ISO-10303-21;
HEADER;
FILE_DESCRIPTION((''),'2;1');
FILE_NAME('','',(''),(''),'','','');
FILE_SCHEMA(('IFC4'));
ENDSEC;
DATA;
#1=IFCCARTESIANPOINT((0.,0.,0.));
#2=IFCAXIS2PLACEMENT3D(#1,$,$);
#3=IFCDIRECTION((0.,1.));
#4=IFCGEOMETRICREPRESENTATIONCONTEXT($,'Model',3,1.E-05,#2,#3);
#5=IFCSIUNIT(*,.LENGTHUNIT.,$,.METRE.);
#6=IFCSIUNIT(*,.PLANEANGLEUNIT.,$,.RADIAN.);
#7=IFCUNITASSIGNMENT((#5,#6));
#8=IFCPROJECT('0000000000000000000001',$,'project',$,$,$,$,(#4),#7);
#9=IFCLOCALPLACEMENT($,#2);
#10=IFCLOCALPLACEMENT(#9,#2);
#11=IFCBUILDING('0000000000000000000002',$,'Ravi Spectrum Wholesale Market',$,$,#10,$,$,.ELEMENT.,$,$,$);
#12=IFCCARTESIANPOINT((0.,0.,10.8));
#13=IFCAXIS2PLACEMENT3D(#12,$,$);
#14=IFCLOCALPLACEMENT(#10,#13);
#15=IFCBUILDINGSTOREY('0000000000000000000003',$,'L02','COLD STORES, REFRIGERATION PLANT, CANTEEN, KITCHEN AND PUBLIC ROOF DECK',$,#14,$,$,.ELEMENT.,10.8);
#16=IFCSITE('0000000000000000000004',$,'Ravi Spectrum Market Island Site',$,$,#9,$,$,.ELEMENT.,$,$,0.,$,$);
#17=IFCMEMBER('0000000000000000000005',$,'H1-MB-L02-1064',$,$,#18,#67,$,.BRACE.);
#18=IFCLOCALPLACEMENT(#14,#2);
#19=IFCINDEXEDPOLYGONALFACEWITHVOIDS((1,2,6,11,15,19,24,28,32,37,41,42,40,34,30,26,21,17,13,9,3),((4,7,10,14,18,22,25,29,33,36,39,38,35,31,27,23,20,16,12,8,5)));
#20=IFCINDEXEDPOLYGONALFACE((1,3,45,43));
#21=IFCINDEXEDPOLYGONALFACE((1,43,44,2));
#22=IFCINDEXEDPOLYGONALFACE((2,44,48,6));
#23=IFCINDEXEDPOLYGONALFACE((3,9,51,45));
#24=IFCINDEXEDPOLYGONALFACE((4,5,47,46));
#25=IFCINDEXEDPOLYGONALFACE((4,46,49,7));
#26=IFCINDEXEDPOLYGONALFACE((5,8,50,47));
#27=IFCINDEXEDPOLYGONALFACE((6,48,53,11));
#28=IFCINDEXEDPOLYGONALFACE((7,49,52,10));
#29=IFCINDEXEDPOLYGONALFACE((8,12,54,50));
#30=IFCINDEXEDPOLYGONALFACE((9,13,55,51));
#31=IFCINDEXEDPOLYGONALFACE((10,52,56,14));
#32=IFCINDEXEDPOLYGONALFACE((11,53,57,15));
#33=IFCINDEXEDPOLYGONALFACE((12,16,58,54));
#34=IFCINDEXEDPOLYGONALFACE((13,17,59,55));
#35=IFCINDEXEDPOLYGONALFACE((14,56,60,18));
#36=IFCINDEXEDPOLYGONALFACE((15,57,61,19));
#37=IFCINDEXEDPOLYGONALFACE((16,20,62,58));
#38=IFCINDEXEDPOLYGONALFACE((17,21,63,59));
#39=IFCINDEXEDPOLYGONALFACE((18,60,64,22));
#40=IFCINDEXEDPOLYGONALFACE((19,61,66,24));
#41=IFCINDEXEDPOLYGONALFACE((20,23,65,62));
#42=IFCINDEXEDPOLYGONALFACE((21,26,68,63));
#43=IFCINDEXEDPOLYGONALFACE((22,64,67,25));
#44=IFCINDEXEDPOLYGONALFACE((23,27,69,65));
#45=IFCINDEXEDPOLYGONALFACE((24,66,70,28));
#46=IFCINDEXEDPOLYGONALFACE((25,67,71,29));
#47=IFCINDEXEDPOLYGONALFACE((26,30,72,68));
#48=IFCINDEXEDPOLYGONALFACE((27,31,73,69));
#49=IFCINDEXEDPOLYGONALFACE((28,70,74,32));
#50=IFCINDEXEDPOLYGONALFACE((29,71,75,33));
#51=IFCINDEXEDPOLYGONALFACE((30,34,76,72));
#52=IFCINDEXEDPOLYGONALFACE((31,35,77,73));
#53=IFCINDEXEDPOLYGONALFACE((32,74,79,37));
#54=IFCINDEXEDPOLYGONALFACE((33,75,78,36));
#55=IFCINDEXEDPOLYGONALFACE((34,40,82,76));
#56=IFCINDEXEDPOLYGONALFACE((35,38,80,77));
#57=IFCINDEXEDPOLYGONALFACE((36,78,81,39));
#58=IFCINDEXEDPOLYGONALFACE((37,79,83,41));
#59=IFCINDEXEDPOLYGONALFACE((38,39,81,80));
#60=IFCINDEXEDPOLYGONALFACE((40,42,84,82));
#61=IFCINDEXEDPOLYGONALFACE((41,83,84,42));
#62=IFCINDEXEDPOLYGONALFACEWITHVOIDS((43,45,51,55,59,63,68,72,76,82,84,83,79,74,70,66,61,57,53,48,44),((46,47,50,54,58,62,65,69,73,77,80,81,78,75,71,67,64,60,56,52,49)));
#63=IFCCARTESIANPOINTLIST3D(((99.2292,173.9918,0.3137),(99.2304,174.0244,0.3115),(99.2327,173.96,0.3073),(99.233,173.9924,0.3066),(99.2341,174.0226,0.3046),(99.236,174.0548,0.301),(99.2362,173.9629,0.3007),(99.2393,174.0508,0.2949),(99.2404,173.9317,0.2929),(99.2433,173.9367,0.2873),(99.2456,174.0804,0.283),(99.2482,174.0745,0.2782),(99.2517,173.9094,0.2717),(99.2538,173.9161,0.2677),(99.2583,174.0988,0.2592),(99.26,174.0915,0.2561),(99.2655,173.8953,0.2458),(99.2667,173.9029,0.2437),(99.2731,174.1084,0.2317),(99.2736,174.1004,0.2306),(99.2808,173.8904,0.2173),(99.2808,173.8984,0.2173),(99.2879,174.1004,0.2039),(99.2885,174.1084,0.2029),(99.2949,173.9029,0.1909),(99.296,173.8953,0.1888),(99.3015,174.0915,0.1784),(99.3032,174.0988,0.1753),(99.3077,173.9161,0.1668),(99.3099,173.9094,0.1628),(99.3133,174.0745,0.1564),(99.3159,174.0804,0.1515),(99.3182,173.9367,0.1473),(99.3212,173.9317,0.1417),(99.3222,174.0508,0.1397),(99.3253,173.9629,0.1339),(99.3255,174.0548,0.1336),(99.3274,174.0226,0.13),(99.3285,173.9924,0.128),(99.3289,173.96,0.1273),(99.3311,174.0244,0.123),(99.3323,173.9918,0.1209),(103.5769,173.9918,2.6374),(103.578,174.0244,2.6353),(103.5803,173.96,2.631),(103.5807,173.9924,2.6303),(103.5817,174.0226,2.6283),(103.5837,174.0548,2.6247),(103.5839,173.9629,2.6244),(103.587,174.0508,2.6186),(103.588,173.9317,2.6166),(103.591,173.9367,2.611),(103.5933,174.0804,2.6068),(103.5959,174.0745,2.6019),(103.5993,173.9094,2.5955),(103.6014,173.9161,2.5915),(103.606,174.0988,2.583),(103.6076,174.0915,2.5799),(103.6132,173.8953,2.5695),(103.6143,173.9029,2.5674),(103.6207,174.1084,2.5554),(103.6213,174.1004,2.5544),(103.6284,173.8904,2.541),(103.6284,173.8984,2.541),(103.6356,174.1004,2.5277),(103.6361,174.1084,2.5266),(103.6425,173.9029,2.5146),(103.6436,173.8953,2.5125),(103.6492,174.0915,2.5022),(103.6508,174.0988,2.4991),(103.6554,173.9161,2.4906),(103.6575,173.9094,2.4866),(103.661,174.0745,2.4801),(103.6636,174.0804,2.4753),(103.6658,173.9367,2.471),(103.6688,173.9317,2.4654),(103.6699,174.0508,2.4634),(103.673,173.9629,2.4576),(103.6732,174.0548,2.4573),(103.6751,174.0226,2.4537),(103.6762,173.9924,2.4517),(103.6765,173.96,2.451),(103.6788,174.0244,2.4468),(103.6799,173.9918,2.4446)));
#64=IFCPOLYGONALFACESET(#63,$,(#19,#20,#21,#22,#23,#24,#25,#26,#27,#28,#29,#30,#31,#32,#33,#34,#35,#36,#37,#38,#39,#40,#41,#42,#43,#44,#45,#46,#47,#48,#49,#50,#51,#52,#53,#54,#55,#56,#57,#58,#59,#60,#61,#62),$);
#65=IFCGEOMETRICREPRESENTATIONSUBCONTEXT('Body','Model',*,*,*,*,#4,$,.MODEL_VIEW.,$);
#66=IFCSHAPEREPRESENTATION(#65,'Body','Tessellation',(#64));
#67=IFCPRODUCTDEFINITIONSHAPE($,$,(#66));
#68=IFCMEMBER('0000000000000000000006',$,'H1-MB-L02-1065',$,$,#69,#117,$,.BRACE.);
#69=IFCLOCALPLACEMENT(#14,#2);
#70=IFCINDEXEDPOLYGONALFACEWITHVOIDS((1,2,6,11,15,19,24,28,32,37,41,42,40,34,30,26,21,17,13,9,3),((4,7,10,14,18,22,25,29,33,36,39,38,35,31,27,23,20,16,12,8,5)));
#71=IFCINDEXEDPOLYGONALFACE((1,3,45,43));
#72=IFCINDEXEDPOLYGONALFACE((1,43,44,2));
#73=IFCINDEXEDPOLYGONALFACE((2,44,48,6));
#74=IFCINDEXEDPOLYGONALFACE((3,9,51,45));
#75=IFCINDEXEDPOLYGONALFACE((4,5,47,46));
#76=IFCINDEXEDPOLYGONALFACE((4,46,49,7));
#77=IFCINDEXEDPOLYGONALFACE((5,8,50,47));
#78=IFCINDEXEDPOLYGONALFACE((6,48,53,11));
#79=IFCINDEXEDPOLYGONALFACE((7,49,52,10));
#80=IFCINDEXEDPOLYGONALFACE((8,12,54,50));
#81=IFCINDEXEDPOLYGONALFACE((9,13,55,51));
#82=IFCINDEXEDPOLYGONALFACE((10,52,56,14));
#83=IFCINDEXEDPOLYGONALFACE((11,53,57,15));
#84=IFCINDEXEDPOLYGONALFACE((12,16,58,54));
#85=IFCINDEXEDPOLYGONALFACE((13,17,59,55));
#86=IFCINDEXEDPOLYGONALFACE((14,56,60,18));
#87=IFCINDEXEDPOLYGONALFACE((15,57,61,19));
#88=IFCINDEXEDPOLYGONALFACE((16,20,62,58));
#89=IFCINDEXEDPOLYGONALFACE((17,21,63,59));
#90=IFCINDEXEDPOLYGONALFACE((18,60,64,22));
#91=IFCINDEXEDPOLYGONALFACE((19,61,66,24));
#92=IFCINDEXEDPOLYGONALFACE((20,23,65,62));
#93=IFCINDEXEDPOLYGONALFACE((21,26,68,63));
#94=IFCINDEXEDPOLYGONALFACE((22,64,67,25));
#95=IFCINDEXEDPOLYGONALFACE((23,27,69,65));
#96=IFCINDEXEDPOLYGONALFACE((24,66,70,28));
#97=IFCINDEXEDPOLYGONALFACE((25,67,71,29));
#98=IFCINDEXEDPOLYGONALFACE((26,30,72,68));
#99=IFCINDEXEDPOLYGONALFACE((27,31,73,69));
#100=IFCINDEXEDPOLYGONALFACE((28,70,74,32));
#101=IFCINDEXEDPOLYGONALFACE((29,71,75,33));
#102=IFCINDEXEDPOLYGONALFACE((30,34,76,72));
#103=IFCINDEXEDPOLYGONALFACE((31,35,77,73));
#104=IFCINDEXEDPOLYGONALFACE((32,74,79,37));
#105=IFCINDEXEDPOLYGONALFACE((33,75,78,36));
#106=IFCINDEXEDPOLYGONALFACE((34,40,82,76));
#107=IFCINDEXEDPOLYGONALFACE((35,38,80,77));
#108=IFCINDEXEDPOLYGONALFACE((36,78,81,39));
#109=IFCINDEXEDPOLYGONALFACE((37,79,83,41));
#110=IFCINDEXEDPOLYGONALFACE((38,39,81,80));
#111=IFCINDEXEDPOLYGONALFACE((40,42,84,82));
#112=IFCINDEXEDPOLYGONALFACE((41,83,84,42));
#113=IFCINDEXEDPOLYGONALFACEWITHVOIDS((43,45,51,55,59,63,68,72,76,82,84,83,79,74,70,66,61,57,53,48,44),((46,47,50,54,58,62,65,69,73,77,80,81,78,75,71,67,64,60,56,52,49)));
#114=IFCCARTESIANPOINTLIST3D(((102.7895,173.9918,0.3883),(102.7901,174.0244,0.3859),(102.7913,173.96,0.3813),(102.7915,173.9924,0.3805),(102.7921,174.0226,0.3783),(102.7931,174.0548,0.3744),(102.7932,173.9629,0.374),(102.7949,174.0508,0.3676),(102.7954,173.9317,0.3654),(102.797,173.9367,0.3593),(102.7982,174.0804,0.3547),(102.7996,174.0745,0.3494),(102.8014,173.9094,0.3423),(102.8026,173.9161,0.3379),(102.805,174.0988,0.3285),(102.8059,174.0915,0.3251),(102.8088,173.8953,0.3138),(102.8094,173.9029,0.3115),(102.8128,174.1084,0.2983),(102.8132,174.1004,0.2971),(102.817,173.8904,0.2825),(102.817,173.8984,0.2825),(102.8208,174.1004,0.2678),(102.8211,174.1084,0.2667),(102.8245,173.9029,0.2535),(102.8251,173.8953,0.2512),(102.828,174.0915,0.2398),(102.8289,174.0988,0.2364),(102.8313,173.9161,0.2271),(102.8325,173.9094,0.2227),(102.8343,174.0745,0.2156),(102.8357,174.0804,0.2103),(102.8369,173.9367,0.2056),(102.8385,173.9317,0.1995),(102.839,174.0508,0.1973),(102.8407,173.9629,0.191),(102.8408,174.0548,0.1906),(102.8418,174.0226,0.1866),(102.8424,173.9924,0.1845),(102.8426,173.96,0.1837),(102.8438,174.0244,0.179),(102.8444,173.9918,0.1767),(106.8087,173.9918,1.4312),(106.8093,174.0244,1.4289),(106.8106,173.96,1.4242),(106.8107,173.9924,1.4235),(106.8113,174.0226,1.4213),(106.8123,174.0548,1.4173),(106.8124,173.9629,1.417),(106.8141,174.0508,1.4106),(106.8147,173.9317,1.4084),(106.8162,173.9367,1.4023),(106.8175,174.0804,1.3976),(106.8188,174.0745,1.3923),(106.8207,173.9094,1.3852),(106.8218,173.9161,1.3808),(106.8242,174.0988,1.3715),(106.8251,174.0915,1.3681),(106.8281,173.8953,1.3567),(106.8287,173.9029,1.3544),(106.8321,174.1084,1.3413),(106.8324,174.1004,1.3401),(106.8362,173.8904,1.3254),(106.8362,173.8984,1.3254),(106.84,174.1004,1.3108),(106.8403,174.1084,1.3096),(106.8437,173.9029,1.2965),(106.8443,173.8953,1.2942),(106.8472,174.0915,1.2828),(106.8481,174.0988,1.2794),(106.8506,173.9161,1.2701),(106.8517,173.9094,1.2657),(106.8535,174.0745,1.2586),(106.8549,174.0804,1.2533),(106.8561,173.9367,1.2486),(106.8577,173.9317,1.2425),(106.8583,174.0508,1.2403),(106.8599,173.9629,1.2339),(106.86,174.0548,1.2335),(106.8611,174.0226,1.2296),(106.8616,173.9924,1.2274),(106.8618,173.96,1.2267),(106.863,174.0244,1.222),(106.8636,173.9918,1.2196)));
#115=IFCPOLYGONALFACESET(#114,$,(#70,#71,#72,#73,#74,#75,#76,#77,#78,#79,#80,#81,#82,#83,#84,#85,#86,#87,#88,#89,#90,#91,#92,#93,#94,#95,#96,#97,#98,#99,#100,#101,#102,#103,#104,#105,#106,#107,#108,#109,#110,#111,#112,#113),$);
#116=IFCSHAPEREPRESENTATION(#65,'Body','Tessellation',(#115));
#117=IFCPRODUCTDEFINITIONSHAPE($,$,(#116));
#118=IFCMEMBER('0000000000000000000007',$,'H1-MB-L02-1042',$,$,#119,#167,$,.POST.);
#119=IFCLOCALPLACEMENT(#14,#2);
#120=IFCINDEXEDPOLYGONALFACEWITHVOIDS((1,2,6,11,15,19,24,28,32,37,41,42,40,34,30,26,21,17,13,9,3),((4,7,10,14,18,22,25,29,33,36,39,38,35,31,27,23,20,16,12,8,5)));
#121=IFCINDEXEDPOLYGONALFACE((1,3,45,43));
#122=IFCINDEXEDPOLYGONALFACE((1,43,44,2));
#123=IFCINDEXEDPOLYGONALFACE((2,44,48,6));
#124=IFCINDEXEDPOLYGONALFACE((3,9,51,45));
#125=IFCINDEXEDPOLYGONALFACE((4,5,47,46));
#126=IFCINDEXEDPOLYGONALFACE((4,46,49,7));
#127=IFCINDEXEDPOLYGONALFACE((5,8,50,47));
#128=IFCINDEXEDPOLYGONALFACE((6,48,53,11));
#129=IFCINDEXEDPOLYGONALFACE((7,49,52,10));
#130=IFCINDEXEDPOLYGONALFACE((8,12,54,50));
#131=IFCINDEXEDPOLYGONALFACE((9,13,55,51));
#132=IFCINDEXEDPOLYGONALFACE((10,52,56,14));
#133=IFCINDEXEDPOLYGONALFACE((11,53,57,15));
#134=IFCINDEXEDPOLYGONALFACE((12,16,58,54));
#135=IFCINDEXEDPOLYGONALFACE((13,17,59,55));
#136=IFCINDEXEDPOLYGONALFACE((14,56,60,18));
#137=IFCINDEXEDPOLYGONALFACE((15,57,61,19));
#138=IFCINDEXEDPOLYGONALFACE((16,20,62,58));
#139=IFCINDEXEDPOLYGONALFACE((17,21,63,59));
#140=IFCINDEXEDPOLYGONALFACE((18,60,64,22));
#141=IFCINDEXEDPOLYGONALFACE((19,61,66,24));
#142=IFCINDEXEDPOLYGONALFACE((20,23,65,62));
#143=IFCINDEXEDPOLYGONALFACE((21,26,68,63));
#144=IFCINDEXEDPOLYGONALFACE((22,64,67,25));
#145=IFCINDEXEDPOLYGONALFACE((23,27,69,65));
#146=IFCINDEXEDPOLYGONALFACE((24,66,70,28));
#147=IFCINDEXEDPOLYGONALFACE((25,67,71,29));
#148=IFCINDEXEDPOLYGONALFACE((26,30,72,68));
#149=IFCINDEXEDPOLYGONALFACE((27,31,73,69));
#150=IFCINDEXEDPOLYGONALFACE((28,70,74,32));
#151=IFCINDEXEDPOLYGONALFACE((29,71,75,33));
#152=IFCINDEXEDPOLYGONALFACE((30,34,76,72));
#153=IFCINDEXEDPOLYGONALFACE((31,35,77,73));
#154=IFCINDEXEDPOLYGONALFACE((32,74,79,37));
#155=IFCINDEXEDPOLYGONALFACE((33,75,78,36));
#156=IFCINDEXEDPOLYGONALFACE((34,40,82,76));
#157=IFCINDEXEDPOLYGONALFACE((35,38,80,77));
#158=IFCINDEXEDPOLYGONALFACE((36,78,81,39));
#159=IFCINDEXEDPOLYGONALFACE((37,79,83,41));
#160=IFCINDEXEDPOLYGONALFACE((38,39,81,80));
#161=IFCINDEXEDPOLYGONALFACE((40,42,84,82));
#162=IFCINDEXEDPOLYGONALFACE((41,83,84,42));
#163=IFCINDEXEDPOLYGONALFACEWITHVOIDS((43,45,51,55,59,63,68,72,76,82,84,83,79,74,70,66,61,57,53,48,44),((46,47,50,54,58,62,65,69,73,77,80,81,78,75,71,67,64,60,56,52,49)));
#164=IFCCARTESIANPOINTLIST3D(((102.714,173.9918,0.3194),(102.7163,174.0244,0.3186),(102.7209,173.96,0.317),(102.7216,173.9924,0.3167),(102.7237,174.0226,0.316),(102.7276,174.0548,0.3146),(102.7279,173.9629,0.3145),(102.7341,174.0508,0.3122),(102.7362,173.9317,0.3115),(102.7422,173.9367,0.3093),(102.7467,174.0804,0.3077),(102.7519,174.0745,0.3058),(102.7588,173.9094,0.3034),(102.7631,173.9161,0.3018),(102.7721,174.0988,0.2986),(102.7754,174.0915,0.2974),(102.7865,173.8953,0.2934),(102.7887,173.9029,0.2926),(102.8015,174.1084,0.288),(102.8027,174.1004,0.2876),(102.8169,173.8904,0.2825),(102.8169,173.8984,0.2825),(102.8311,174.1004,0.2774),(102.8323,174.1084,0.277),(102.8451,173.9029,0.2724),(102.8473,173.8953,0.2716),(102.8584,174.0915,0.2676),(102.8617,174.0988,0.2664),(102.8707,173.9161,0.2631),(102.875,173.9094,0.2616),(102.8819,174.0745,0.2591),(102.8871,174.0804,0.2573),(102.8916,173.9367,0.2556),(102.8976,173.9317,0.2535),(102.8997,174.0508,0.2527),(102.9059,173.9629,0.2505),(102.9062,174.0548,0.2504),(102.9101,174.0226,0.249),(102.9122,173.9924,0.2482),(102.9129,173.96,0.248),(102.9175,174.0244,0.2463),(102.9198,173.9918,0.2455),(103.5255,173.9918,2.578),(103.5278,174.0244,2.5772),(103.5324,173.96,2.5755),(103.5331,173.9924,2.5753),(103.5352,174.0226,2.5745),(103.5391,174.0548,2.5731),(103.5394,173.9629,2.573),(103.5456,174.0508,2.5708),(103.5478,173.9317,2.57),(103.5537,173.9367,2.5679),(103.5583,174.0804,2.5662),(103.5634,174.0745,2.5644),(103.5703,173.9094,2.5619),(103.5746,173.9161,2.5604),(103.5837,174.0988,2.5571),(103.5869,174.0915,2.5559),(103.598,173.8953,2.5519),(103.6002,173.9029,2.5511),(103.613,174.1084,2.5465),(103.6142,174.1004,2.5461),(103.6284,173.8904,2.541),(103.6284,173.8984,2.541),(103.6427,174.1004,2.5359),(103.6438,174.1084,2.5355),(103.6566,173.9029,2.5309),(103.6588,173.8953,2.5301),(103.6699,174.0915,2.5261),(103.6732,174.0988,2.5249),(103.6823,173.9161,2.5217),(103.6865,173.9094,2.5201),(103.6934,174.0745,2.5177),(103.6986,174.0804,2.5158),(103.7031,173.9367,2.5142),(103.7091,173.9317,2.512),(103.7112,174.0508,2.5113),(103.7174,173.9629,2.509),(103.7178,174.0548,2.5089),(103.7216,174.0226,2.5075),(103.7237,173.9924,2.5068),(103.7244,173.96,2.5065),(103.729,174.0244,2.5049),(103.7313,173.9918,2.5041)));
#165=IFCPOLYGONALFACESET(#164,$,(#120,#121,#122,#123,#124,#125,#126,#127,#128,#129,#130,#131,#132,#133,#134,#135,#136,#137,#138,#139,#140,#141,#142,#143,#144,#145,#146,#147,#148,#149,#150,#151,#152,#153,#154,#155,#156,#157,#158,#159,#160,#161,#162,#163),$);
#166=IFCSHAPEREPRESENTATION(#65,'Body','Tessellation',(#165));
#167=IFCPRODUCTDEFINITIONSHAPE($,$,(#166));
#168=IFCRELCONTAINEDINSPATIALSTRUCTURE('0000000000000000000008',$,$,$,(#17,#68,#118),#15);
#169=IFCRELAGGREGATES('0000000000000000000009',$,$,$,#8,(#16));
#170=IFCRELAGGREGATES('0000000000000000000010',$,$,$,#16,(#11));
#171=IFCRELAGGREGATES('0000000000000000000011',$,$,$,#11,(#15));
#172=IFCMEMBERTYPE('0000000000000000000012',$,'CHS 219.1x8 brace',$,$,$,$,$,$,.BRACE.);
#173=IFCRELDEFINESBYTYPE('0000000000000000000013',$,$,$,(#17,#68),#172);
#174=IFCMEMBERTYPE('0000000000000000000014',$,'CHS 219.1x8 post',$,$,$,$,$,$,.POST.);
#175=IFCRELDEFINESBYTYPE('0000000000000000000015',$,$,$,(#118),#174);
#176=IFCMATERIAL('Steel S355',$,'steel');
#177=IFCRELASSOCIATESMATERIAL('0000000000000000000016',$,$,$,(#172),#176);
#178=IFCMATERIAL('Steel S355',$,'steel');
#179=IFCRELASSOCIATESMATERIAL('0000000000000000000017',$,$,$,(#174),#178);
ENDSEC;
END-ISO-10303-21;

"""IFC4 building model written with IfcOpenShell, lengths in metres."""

from ifc_helpers import new_model, si_unit, direction, frame, origin, origin_2d, place, context, subcontext, project, spatial, hollow_circle, extrude, material, material_profile, profile_set, type_object, element, save


model = new_model("IFC4")

# Units and contexts
model_context = context("Model", 3, precision=1e-05, world=origin(), true_north=direction((0.0, 1.0)))
body_context = subcontext(model_context, "Body", "Model", "MODEL_VIEW")
ifc_project = project(units=[si_unit("LENGTHUNIT", "METRE"), si_unit("PLANEANGLEUNIT", "RADIAN")], contexts=[model_context])

# Site, building, storey
site_placement = place(None, origin())
site = spatial("IfcSite", under=ifc_project, at=site_placement, Name="Ravi Spectrum Market Island Site", CompositionType="ELEMENT", RefElevation=0.0)
building_placement = place(site_placement, origin())
building = spatial("IfcBuilding", under=site, at=building_placement, Name="Ravi Spectrum Wholesale Market", CompositionType="ELEMENT")
storey_placement = place(building_placement, frame((0.0, 0.0, 10.8)))
storey = spatial("IfcBuildingStorey", under=building, at=storey_placement, Name="L02", Description="COLD STORES, REFRIGERATION PLANT, CANTEEN, KITCHEN AND PUBLIC ROOF DECK", CompositionType="ELEMENT", Elevation=10.8)

# Members
ifc_material_1 = material(Name="Steel S355", Category="steel")
ifc_material_profile_1 = material_profile(ifc_material_1, hollow_circle(Radius=0.1096, WallThickness=0.0081, at=origin_2d()))
ifc_profile_set_1 = profile_set([ifc_material_profile_1], Name="Steel S355")
member_type_1 = type_object("IfcMemberType", Name="CHS 219.1x8 brace", PredefinedType="BRACE", material=ifc_profile_set_1)
member_1_placement = place(storey_placement, frame((103.6284, 174.0, 2.541), z_axis=(-0.881933, 0.0, -0.471375), x_axis=(0.0, -1.0, 0.0)))
element("IfcMember", 1, at=member_1_placement, inside=storey, type_object=member_type_1, Name="H1-MB-L02-1064", PredefinedType="BRACE", context=body_context, shape_type="SweptSolid", body=[
    extrude(hollow_circle(Radius=0.1096, WallThickness=0.0081, at=origin_2d()), origin(), (0.0, 0.0, 1.0), 4.9297),
])
member_2_placement = place(storey_placement, frame((106.8362, 174.0, 1.3254), z_axis=(-0.967942, 0.0, -0.251172), x_axis=(0.0, -1.0, 0.0)))
element("IfcMember", 2, at=member_2_placement, inside=storey, type_object=member_type_1, Name="H1-MB-L02-1065", PredefinedType="BRACE", context=body_context, shape_type="SweptSolid", body=[
    extrude(hollow_circle(Radius=0.1096, WallThickness=0.0081, at=origin_2d()), origin(), (0.0, 0.0, 1.0), 4.1523),
])
ifc_material_2 = material(Name="Steel S355", Category="steel")
ifc_material_profile_2 = material_profile(ifc_material_2, hollow_circle(Radius=0.1096, WallThickness=0.0081, at=origin_2d()))
ifc_profile_set_2 = profile_set([ifc_material_profile_2], Name="Steel S355")
member_type_2 = type_object("IfcMemberType", Name="CHS 219.1x8 post", PredefinedType="POST", material=ifc_profile_set_2)
member_3_placement = place(storey_placement, frame((103.6284, 174.0, 2.541), z_axis=(-0.338147, 0.0, -0.941093), x_axis=(0.0, -1.0, 0.0)))
element("IfcMember", 3, at=member_3_placement, inside=storey, type_object=member_type_2, Name="H1-MB-L02-1042", PredefinedType="POST", context=body_context, shape_type="SweptSolid", body=[
    extrude(hollow_circle(Radius=0.1096, WallThickness=0.0081, at=origin_2d()), origin(), (0.0, 0.0, 1.0), 2.3999),
])

save(model, "model.ifc")
